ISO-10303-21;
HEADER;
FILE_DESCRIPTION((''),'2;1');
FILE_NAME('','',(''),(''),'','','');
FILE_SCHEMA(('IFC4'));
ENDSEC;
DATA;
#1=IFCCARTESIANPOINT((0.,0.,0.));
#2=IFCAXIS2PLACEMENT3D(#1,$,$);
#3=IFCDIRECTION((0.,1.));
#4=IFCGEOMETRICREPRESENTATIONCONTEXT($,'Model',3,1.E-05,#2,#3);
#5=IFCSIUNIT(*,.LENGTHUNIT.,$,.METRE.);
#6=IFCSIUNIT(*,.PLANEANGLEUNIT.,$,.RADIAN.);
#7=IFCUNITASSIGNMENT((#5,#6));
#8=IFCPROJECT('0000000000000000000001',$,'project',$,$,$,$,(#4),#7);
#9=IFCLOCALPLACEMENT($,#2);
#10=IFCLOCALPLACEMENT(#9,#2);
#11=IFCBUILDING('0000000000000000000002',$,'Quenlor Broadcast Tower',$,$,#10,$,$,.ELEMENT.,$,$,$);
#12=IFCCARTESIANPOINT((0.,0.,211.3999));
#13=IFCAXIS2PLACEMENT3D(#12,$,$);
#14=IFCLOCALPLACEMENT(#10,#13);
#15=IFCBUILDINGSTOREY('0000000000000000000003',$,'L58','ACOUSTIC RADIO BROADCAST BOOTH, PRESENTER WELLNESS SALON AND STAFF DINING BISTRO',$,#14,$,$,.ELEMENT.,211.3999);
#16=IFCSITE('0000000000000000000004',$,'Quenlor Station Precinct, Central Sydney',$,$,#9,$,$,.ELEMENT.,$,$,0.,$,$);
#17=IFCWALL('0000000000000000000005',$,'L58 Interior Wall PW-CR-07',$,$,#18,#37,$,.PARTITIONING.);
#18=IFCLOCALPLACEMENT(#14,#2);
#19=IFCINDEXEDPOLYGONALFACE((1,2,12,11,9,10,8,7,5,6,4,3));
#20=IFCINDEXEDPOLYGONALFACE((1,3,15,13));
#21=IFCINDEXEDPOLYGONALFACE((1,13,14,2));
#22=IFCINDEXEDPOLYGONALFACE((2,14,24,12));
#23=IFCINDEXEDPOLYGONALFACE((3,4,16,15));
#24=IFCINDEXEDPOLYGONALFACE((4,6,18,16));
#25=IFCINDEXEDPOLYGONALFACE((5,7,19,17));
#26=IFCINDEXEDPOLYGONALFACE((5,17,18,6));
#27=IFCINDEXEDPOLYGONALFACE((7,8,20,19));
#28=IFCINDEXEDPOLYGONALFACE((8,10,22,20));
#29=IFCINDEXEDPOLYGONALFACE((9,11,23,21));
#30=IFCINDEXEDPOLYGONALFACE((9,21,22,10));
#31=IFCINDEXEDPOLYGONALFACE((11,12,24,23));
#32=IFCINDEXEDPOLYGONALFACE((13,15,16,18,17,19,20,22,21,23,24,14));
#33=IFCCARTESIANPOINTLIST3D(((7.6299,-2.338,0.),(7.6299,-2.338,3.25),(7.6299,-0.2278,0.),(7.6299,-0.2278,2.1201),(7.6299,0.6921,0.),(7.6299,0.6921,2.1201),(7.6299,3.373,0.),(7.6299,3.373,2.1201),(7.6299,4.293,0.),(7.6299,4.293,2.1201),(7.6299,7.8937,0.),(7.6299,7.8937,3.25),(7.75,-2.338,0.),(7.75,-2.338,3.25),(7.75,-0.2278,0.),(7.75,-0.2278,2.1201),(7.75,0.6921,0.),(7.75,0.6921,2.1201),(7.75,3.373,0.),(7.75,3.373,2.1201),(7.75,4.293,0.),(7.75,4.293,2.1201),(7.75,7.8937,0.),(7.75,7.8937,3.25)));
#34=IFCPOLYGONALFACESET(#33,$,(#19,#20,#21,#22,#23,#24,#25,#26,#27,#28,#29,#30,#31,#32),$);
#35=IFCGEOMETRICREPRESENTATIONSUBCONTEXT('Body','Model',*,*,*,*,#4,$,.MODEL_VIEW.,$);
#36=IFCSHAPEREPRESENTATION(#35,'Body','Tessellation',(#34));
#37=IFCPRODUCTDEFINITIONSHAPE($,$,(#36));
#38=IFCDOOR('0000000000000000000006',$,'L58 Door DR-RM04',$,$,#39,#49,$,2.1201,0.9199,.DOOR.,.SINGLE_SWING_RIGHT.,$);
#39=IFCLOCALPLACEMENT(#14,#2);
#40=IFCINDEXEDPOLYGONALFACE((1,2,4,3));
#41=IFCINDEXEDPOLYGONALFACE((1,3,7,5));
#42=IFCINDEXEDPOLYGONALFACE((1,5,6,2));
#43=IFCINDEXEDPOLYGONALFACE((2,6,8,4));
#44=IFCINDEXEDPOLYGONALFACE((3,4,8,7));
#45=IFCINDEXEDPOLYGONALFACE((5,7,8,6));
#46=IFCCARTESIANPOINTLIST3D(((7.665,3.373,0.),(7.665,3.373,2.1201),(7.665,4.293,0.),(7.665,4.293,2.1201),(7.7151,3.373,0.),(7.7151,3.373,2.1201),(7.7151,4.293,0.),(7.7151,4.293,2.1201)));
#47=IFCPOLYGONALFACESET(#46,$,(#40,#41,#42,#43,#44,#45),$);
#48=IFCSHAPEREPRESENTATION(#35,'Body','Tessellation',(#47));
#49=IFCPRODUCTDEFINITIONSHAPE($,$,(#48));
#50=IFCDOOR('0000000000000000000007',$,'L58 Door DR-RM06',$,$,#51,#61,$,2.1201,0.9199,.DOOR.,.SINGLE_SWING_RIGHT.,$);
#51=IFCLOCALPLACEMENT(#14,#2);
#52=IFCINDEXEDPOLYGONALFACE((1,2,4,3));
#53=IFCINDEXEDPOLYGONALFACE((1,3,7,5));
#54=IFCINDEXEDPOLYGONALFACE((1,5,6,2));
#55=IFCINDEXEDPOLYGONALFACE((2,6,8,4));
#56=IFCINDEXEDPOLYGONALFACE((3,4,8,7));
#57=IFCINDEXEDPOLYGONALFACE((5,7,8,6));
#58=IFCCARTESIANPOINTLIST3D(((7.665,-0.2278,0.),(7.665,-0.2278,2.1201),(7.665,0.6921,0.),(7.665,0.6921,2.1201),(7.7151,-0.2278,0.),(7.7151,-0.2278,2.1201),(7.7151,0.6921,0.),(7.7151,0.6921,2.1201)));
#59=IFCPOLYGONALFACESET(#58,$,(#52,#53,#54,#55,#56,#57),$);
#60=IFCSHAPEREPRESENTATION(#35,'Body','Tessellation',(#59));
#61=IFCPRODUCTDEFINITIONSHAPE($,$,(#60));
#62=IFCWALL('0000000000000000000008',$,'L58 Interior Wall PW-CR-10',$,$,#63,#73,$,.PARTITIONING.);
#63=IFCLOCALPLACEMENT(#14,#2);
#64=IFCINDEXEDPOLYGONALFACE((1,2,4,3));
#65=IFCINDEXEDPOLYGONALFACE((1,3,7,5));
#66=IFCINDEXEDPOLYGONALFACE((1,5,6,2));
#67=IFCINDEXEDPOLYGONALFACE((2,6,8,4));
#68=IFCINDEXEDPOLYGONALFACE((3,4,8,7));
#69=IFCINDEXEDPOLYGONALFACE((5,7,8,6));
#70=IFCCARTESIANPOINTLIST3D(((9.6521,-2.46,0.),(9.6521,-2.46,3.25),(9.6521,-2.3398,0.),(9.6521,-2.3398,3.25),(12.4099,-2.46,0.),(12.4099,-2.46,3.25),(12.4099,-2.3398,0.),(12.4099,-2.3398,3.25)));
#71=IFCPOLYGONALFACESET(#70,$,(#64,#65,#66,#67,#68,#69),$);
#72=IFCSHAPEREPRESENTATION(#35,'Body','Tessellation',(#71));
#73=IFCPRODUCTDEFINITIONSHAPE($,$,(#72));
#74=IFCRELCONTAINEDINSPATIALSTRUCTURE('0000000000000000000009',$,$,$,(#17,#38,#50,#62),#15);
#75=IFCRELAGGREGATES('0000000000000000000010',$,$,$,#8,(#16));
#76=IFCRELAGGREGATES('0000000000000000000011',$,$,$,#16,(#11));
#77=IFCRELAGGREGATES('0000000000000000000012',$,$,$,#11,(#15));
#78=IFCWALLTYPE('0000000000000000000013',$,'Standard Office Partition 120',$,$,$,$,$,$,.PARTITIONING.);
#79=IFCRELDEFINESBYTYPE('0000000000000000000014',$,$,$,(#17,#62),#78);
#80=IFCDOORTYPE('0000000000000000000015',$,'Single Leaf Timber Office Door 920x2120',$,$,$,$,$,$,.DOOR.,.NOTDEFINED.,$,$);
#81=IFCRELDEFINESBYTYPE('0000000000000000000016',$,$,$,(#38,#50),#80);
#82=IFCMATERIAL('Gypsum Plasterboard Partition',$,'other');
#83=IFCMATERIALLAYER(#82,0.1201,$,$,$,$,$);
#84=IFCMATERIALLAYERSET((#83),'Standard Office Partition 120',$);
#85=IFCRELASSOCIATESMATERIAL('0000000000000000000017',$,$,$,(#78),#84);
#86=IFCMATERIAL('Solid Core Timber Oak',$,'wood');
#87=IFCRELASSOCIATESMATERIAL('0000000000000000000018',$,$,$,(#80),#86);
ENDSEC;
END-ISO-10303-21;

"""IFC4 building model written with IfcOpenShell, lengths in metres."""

from ifc_helpers import new_model, si_unit, direction, frame, frame_2d, origin, place, context, subcontext, project, spatial, rectangle, extrude, material, layer, layer_set, type_object, element, fill, save


model = new_model("IFC4")

# Units and contexts
model_context = context("Model", 3, precision=1e-05, world=origin(), true_north=direction((0.0, 1.0)))
body_context = subcontext(model_context, "Body", "Model", "MODEL_VIEW")
ifc_project = project(units=[si_unit("LENGTHUNIT", "METRE"), si_unit("PLANEANGLEUNIT", "RADIAN")], contexts=[model_context])

# Site, building, storey
site_placement = place(None, origin())
site = spatial("IfcSite", under=ifc_project, at=site_placement, Name="Quenlor Station Precinct, Central Sydney", CompositionType="ELEMENT", RefElevation=0.0)
building_placement = place(site_placement, origin())
building = spatial("IfcBuilding", under=site, at=building_placement, Name="Quenlor Broadcast Tower", CompositionType="ELEMENT")
storey_placement = place(building_placement, frame((0.0, 0.0, 211.3999)))
storey = spatial("IfcBuildingStorey", under=building, at=storey_placement, Name="L58", Description="ACOUSTIC RADIO BROADCAST BOOTH, PRESENTER WELLNESS SALON AND STAFF DINING BISTRO", CompositionType="ELEMENT", Elevation=211.3999)

# Shared definitions
ifc_material_1 = material(Name="Gypsum Plasterboard Partition", Category="other")
ifc_layer_1 = layer(ifc_material_1, 0.1201)
ifc_layer_set_1 = layer_set([ifc_layer_1], Name="Standard Office Partition 120")
wall_type_1 = type_object("IfcWallType", Name="Standard Office Partition 120", PredefinedType="PARTITIONING", material=ifc_layer_set_1)

# Wall, openings, doors
wall_1_placement = place(storey_placement, frame((7.6899, -2.3379, 0.0), z_axis=(0.0, 0.0, 1.0), x_axis=(0.0, 1.0, 0.0)))
wall_1 = element("IfcWall", 1, at=wall_1_placement, inside=storey, type_object=wall_type_1, Name="L58 Interior Wall PW-CR-07", PredefinedType="PARTITIONING", context=body_context, shape_type="SweptSolid", body=[
    extrude(rectangle(XDim=10.2317, YDim=0.1201, at=frame_2d((5.1157, 0.0))), origin(), (0.0, 0.0, 1.0), 3.25),
])
opening_1_placement = place(wall_1_placement, frame((5.7109, 0.0, 0.0)))
opening_1 = element("IfcOpeningElement", 2, at=opening_1_placement, cuts=wall_1, PredefinedType="OPENING", context=body_context, shape_type="SweptSolid", body=[
    extrude(rectangle(XDim=0.9199, YDim=2.1201, at=frame_2d((0.46, 1.0601))), frame((0.0, 0.0701, 0.0), z_axis=(0.0, -1.0, 0.0), x_axis=(1.0, 0.0, 0.0)), (0.0, 0.0, 1.0), 0.1401),
])
opening_2_placement = place(wall_1_placement, frame((2.1101, 0.0, 0.0)))
opening_2 = element("IfcOpeningElement", 3, at=opening_2_placement, cuts=wall_1, PredefinedType="OPENING", context=body_context, shape_type="SweptSolid", body=[
    extrude(rectangle(XDim=0.9199, YDim=2.1201, at=frame_2d((0.46, 1.0601))), frame((0.0, 0.0701, 0.0), z_axis=(0.0, -1.0, 0.0), x_axis=(1.0, 0.0, 0.0)), (0.0, 0.0, 1.0), 0.1401),
])
ifc_material_2 = material(Name="Solid Core Timber Oak", Category="wood")
door_type_1 = type_object("IfcDoorType", Name="Single Leaf Timber Office Door 920x2120", OperationType="NOTDEFINED", PredefinedType="DOOR", material=ifc_material_2)
door_1_placement = place(opening_1_placement, origin())
door_1 = element("IfcDoor", 4, at=door_1_placement, inside=storey, type_object=door_type_1, Name="L58 Door DR-RM04", OperationType="SINGLE_SWING_RIGHT", OverallHeight=2.1201, OverallWidth=0.9199, PredefinedType="DOOR", context=body_context, shape_type="SweptSolid", body=[
    extrude(rectangle(XDim=0.9199, YDim=2.1201, at=frame_2d((0.46, 1.0601))), frame((0.0, 0.0249, 0.0), z_axis=(0.0, -1.0, 0.0), x_axis=(1.0, 0.0, 0.0)), (0.0, 0.0, 1.0), 0.05),
])
fill(opening_1, door_1)
door_2_placement = place(opening_2_placement, origin())
door_2 = element("IfcDoor", 5, at=door_2_placement, inside=storey, type_object=door_type_1, Name="L58 Door DR-RM06", OperationType="SINGLE_SWING_RIGHT", OverallHeight=2.1201, OverallWidth=0.9199, PredefinedType="DOOR", context=body_context, shape_type="SweptSolid", body=[
    extrude(rectangle(XDim=0.9199, YDim=2.1201, at=frame_2d((0.46, 1.0601))), frame((0.0, 0.0249, 0.0), z_axis=(0.0, -1.0, 0.0), x_axis=(1.0, 0.0, 0.0)), (0.0, 0.0, 1.0), 0.05),
])
fill(opening_2, door_2)

# Wall
wall_2_placement = place(storey_placement, frame((9.6521, -2.3999, 0.0), z_axis=(0.0, 0.0, 1.0), x_axis=(1.0, 0.0, 0.0)))
element("IfcWall", 6, at=wall_2_placement, inside=storey, type_object=wall_type_1, Name="L58 Interior Wall PW-CR-10", PredefinedType="PARTITIONING", context=body_context, shape_type="SweptSolid", body=[
    extrude(rectangle(XDim=2.7578, YDim=0.1201, at=frame_2d((1.3789, 0.0))), origin(), (0.0, 0.0, 1.0), 3.25),
])

save(model, "model.ifc")
